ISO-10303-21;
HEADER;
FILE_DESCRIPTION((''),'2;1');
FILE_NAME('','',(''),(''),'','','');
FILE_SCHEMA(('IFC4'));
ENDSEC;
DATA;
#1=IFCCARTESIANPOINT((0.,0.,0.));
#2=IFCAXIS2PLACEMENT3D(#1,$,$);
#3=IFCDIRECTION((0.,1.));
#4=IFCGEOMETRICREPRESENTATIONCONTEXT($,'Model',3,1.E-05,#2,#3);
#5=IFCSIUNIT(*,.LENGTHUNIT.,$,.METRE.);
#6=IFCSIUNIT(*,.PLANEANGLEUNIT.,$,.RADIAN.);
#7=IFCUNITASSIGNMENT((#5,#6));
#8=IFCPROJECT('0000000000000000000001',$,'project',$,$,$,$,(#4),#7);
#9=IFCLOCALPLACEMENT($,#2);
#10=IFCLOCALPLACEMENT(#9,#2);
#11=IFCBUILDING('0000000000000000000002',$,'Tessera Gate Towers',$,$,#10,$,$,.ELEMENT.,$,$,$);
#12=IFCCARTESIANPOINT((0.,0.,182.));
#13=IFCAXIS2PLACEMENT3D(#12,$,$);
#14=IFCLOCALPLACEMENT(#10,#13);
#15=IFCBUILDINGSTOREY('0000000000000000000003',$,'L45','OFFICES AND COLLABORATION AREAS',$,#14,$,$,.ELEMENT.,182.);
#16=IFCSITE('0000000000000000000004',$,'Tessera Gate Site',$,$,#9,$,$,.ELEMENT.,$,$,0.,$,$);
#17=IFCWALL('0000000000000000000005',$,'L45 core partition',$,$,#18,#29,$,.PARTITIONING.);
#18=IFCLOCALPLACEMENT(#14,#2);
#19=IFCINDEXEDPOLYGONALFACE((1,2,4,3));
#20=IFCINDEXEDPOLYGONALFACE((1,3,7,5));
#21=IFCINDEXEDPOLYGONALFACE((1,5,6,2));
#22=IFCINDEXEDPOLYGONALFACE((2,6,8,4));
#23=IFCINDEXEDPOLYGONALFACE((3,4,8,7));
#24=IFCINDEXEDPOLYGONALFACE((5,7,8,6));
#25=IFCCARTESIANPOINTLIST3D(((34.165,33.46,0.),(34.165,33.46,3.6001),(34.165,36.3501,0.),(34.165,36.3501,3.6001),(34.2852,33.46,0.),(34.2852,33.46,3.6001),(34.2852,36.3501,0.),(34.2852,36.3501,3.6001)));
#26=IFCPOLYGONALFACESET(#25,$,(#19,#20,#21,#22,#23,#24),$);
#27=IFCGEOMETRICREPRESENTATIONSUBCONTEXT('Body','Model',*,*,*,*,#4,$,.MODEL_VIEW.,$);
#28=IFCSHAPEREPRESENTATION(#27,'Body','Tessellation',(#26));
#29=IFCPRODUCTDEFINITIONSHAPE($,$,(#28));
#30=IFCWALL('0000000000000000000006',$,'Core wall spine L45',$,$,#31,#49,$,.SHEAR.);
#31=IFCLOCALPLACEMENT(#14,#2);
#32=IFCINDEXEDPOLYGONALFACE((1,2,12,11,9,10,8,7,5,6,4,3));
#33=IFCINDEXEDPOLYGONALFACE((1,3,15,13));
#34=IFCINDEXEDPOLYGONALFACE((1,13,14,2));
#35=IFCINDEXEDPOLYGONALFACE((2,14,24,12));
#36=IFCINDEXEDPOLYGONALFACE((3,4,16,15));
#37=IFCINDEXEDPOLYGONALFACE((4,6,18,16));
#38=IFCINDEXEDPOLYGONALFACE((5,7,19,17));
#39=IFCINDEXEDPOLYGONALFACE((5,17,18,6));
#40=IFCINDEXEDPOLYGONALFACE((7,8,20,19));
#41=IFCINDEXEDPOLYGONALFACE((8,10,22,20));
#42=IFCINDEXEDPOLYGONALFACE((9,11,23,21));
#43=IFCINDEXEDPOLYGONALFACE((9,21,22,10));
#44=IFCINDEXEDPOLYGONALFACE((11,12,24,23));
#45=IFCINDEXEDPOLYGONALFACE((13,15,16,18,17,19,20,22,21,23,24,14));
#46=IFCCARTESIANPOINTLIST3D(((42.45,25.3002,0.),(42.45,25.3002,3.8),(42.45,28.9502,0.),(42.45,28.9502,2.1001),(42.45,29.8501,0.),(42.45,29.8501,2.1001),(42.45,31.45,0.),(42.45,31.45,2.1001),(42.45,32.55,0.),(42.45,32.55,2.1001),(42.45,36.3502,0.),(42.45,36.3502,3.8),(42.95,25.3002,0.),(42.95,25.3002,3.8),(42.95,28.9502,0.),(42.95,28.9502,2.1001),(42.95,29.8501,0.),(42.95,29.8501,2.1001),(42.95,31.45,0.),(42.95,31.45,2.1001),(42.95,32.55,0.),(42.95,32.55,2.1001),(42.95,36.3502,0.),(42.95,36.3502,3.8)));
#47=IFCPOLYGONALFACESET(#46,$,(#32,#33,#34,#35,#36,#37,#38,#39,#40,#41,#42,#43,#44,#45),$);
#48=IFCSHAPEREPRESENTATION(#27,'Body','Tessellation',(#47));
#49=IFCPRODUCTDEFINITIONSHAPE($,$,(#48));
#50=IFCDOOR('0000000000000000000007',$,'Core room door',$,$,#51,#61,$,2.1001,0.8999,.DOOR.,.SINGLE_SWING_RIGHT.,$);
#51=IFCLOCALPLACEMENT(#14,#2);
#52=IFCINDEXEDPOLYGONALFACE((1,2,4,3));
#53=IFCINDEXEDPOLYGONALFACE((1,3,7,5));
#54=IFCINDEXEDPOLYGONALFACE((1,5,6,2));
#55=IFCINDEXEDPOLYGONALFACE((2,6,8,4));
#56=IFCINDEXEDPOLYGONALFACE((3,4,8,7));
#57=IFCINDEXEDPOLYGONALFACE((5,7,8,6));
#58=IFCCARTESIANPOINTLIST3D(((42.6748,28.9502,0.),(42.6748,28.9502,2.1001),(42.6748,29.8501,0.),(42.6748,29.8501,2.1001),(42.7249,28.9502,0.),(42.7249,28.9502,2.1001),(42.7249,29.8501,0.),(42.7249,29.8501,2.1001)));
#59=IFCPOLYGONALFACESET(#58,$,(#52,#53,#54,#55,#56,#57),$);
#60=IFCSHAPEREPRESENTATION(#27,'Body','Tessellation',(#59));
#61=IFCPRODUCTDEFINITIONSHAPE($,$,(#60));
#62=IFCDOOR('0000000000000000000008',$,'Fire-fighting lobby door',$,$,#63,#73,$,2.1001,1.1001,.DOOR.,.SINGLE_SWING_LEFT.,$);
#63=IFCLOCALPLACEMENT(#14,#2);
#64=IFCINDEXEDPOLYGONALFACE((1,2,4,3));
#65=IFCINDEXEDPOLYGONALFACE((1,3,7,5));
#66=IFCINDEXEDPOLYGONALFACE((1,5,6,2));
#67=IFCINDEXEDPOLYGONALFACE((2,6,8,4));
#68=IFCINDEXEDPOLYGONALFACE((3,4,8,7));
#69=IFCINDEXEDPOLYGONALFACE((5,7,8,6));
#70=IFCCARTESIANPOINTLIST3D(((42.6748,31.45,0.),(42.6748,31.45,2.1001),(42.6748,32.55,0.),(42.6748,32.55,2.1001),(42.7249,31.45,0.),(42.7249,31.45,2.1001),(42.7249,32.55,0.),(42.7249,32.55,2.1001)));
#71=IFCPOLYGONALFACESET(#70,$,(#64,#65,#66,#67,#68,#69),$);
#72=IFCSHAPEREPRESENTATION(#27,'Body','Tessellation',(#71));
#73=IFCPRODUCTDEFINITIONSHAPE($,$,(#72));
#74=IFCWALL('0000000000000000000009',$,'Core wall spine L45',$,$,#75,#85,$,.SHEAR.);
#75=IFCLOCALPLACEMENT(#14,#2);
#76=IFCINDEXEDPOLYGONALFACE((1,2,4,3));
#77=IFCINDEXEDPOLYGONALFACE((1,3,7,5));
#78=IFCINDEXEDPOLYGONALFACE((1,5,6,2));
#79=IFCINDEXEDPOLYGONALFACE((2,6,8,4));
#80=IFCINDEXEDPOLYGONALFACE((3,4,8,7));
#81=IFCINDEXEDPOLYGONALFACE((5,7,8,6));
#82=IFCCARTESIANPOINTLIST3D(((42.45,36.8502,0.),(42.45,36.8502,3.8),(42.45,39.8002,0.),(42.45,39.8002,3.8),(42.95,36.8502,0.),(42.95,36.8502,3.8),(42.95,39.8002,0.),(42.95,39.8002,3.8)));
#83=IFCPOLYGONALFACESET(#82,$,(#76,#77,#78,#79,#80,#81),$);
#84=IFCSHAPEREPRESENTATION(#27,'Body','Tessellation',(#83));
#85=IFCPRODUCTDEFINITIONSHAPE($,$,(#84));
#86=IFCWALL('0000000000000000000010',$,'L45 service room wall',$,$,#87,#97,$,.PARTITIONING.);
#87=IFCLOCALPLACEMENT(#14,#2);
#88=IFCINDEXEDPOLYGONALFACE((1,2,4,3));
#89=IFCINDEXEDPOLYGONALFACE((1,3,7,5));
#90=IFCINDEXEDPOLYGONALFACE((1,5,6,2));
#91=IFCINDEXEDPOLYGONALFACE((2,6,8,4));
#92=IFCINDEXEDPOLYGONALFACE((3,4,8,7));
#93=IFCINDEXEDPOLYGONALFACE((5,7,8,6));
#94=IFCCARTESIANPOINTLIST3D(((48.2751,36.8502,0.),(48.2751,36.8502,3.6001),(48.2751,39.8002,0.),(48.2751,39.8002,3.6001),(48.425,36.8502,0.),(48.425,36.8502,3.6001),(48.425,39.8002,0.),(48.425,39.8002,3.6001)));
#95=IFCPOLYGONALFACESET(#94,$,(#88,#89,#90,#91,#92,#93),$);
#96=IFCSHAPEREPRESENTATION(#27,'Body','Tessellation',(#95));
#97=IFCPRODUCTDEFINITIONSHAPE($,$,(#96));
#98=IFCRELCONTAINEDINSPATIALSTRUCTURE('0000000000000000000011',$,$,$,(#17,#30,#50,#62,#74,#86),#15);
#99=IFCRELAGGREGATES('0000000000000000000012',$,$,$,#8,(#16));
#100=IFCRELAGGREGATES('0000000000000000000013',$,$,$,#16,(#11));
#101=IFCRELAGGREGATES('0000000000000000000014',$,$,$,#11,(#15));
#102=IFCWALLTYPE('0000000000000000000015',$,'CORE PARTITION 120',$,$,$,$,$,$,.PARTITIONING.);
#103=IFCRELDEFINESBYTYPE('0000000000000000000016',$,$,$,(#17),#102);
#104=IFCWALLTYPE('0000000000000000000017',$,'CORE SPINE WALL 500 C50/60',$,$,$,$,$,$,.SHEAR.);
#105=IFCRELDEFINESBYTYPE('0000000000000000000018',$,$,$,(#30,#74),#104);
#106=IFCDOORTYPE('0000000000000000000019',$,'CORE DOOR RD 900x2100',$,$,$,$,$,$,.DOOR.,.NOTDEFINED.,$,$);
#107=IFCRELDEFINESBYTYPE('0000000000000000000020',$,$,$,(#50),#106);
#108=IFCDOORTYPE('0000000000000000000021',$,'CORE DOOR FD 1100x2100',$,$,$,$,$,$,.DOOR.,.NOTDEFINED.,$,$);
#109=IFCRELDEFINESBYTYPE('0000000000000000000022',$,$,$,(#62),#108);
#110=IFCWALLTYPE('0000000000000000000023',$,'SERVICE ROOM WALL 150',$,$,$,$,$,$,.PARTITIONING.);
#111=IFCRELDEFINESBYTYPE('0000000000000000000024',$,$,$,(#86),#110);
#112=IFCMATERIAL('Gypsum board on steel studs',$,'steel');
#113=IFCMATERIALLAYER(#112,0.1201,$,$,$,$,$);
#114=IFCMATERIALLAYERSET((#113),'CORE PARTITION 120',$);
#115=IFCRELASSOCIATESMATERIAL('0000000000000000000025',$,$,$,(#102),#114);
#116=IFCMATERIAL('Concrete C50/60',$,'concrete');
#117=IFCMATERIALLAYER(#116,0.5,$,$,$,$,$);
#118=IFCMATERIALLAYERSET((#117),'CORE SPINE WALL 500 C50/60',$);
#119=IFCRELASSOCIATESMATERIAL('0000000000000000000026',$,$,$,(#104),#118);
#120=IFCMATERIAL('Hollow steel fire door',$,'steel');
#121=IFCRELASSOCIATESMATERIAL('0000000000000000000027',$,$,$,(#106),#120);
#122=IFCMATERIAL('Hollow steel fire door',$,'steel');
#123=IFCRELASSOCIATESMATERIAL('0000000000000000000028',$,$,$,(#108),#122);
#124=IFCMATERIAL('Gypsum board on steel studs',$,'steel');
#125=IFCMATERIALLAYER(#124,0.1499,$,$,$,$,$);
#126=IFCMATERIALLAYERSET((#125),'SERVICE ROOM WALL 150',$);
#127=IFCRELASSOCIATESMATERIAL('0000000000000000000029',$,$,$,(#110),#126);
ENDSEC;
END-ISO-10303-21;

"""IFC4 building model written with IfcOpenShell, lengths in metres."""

from ifc_helpers import new_model, si_unit, direction, frame, frame_2d, origin, place, context, subcontext, project, spatial, rectangle, extrude, source, transform, mapped, material, layer, layer_set, type_object, element, fill, save


model = new_model("IFC4")

# Units and contexts
model_context = context("Model", 3, precision=1e-05, world=origin(), true_north=direction((0.0, 1.0)))
body_context = subcontext(model_context, "Body", "Model", "MODEL_VIEW")
ifc_project = project(units=[si_unit("LENGTHUNIT", "METRE"), si_unit("PLANEANGLEUNIT", "RADIAN")], contexts=[model_context])

# Site, building, storey
site_placement = place(None, origin())
site = spatial("IfcSite", under=ifc_project, at=site_placement, Name="Tessera Gate Site", CompositionType="ELEMENT", RefElevation=0.0)
building_placement = place(site_placement, origin())
building = spatial("IfcBuilding", under=site, at=building_placement, Name="Tessera Gate Towers", CompositionType="ELEMENT")
storey_placement = place(building_placement, frame((0.0, 0.0, 182.0)))
storey = spatial("IfcBuildingStorey", under=building, at=storey_placement, Name="L45", Description="OFFICES AND COLLABORATION AREAS", CompositionType="ELEMENT", Elevation=182.0)

# Wall
ifc_material_1 = material(Name="Gypsum board on steel studs", Category="steel")
ifc_layer_1 = layer(ifc_material_1, 0.1201)
ifc_layer_set_1 = layer_set([ifc_layer_1], Name="CORE PARTITION 120")
wall_type_1 = type_object("IfcWallType", Name="CORE PARTITION 120", PredefinedType="PARTITIONING", material=ifc_layer_set_1)
wall_1_placement = place(storey_placement, frame((34.2251, 33.46, 0.0), z_axis=(0.0, 0.0, 1.0), x_axis=(0.0, 1.0, 0.0)))
element("IfcWall", 1, at=wall_1_placement, inside=storey, type_object=wall_type_1, Name="L45 core partition", PredefinedType="PARTITIONING", context=body_context, shape_type="SweptSolid", body=[
    extrude(rectangle(XDim=2.8901, YDim=0.1201, at=frame_2d((1.4451, 0.0))), origin(), (0.0, 0.0, 1.0), 3.6001),
])

# Wall, openings, doors
ifc_material_2 = material(Name="Concrete C50/60", Category="concrete")
ifc_layer_2 = layer(ifc_material_2, 0.5)
ifc_layer_set_2 = layer_set([ifc_layer_2], Name="CORE SPINE WALL 500 C50/60")
wall_type_2 = type_object("IfcWallType", Name="CORE SPINE WALL 500 C50/60", PredefinedType="SHEAR", material=ifc_layer_set_2)
wall_2_placement = place(storey_placement, frame((42.7, 36.3501, 0.0), z_axis=(0.0, 0.0, 1.0), x_axis=(0.0, -1.0, 0.0)))
wall_2 = element("IfcWall", 2, at=wall_2_placement, inside=storey, type_object=wall_type_2, Name="Core wall spine L45", PredefinedType="SHEAR", context=body_context, shape_type="SweptSolid", body=[
    extrude(rectangle(XDim=11.05, YDim=0.5, at=frame_2d((5.5249, 0.0))), origin(), (0.0, 0.0, 1.0), 3.8),
])
shared_shape_1 = source(origin(), body_context, "Body", "SweptSolid", [
    extrude(rectangle(XDim=0.8999, YDim=2.1001, at=frame_2d((0.45, 1.05))), frame((0.0, 0.26, 0.0), z_axis=(0.0, -1.0, 0.0), x_axis=(1.0, 0.0, 0.0)), (0.0, 0.0, 1.0), 0.52),
])
opening_1_placement = place(wall_2_placement, frame((6.5, 0.0, 0.0)))
opening_1 = element("IfcOpeningElement", 3, at=opening_1_placement, cuts=wall_2, PredefinedType="OPENING", context=body_context, shape_type="MappedRepresentation", body=[
    mapped(shared_shape_1, transform((0.0, 0.0, 0.0), scale=1.0)),
])
shared_shape_2 = source(origin(), body_context, "Body", "SweptSolid", [
    extrude(rectangle(XDim=1.1001, YDim=2.1001, at=frame_2d((0.55, 1.05))), frame((0.0, 0.26, 0.0), z_axis=(0.0, -1.0, 0.0), x_axis=(1.0, 0.0, 0.0)), (0.0, 0.0, 1.0), 0.52),
])
opening_2_placement = place(wall_2_placement, frame((3.8, 0.0, 0.0)))
opening_2 = element("IfcOpeningElement", 4, at=opening_2_placement, cuts=wall_2, PredefinedType="OPENING", context=body_context, shape_type="MappedRepresentation", body=[
    mapped(shared_shape_2, transform((0.0, 0.0, 0.0), scale=1.0)),
])
ifc_material_3 = material(Name="Hollow steel fire door", Category="steel")
door_type_1 = type_object("IfcDoorType", Name="CORE DOOR RD 900x2100", OperationType="NOTDEFINED", PredefinedType="DOOR", material=ifc_material_3)
shared_shape_3 = source(origin(), body_context, "Body", "SweptSolid", [
    extrude(rectangle(XDim=0.8999, YDim=2.1001, at=frame_2d((0.45, 1.05))), frame((0.0, 0.0249, 0.0), z_axis=(0.0, -1.0, 0.0), x_axis=(1.0, 0.0, 0.0)), (0.0, 0.0, 1.0), 0.05),
])
door_1_placement = place(opening_1_placement, origin())
door_1 = element("IfcDoor", 5, at=door_1_placement, inside=storey, type_object=door_type_1, Name="Core room door", OperationType="SINGLE_SWING_RIGHT", OverallHeight=2.1001, OverallWidth=0.8999, PredefinedType="DOOR", context=body_context, shape_type="MappedRepresentation", body=[
    mapped(shared_shape_3, transform((0.0, 0.0, 0.0), scale=1.0)),
])
fill(opening_1, door_1)
ifc_material_4 = material(Name="Hollow steel fire door", Category="steel")
door_type_2 = type_object("IfcDoorType", Name="CORE DOOR FD 1100x2100", OperationType="NOTDEFINED", PredefinedType="DOOR", material=ifc_material_4)
shared_shape_4 = source(origin(), body_context, "Body", "SweptSolid", [
    extrude(rectangle(XDim=1.1001, YDim=2.1001, at=frame_2d((0.55, 1.05))), frame((0.0, 0.0249, 0.0), z_axis=(0.0, -1.0, 0.0), x_axis=(1.0, 0.0, 0.0)), (0.0, 0.0, 1.0), 0.05),
])
door_2_placement = place(opening_2_placement, origin())
door_2 = element("IfcDoor", 6, at=door_2_placement, inside=storey, type_object=door_type_2, Name="Fire-fighting lobby door", OperationType="SINGLE_SWING_LEFT", OverallHeight=2.1001, OverallWidth=1.1001, PredefinedType="DOOR", context=body_context, shape_type="MappedRepresentation", body=[
    mapped(shared_shape_4, transform((0.0, 0.0, 0.0), scale=1.0)),
])
fill(opening_2, door_2)

# Walls
wall_3_placement = place(storey_placement, frame((42.7, 36.8501, 0.0), z_axis=(0.0, 0.0, 1.0), x_axis=(0.0, 1.0, 0.0)))
element("IfcWall", 7, at=wall_3_placement, inside=storey, type_object=wall_type_2, Name="Core wall spine L45", PredefinedType="SHEAR", context=body_context, shape_type="SweptSolid", body=[
    extrude(rectangle(XDim=2.95, YDim=0.5, at=frame_2d((1.4751, 0.0))), origin(), (0.0, 0.0, 1.0), 3.8),
])
ifc_material_5 = material(Name="Gypsum board on steel studs", Category="steel")
ifc_layer_3 = layer(ifc_material_5, 0.1499)
ifc_layer_set_3 = layer_set([ifc_layer_3], Name="SERVICE ROOM WALL 150")
wall_type_3 = type_object("IfcWallType", Name="SERVICE ROOM WALL 150", PredefinedType="PARTITIONING", material=ifc_layer_set_3)
wall_4_placement = place(storey_placement, frame((48.3501, 36.8501, 0.0), z_axis=(0.0, 0.0, 1.0), x_axis=(0.0, 1.0, 0.0)))
element("IfcWall", 8, at=wall_4_placement, inside=storey, type_object=wall_type_3, Name="L45 service room wall", PredefinedType="PARTITIONING", context=body_context, shape_type="SweptSolid", body=[
    extrude(rectangle(XDim=2.95, YDim=0.1499, at=frame_2d((1.4751, 0.0))), origin(), (0.0, 0.0, 1.0), 3.6001),
])

save(model, "model.ifc")
